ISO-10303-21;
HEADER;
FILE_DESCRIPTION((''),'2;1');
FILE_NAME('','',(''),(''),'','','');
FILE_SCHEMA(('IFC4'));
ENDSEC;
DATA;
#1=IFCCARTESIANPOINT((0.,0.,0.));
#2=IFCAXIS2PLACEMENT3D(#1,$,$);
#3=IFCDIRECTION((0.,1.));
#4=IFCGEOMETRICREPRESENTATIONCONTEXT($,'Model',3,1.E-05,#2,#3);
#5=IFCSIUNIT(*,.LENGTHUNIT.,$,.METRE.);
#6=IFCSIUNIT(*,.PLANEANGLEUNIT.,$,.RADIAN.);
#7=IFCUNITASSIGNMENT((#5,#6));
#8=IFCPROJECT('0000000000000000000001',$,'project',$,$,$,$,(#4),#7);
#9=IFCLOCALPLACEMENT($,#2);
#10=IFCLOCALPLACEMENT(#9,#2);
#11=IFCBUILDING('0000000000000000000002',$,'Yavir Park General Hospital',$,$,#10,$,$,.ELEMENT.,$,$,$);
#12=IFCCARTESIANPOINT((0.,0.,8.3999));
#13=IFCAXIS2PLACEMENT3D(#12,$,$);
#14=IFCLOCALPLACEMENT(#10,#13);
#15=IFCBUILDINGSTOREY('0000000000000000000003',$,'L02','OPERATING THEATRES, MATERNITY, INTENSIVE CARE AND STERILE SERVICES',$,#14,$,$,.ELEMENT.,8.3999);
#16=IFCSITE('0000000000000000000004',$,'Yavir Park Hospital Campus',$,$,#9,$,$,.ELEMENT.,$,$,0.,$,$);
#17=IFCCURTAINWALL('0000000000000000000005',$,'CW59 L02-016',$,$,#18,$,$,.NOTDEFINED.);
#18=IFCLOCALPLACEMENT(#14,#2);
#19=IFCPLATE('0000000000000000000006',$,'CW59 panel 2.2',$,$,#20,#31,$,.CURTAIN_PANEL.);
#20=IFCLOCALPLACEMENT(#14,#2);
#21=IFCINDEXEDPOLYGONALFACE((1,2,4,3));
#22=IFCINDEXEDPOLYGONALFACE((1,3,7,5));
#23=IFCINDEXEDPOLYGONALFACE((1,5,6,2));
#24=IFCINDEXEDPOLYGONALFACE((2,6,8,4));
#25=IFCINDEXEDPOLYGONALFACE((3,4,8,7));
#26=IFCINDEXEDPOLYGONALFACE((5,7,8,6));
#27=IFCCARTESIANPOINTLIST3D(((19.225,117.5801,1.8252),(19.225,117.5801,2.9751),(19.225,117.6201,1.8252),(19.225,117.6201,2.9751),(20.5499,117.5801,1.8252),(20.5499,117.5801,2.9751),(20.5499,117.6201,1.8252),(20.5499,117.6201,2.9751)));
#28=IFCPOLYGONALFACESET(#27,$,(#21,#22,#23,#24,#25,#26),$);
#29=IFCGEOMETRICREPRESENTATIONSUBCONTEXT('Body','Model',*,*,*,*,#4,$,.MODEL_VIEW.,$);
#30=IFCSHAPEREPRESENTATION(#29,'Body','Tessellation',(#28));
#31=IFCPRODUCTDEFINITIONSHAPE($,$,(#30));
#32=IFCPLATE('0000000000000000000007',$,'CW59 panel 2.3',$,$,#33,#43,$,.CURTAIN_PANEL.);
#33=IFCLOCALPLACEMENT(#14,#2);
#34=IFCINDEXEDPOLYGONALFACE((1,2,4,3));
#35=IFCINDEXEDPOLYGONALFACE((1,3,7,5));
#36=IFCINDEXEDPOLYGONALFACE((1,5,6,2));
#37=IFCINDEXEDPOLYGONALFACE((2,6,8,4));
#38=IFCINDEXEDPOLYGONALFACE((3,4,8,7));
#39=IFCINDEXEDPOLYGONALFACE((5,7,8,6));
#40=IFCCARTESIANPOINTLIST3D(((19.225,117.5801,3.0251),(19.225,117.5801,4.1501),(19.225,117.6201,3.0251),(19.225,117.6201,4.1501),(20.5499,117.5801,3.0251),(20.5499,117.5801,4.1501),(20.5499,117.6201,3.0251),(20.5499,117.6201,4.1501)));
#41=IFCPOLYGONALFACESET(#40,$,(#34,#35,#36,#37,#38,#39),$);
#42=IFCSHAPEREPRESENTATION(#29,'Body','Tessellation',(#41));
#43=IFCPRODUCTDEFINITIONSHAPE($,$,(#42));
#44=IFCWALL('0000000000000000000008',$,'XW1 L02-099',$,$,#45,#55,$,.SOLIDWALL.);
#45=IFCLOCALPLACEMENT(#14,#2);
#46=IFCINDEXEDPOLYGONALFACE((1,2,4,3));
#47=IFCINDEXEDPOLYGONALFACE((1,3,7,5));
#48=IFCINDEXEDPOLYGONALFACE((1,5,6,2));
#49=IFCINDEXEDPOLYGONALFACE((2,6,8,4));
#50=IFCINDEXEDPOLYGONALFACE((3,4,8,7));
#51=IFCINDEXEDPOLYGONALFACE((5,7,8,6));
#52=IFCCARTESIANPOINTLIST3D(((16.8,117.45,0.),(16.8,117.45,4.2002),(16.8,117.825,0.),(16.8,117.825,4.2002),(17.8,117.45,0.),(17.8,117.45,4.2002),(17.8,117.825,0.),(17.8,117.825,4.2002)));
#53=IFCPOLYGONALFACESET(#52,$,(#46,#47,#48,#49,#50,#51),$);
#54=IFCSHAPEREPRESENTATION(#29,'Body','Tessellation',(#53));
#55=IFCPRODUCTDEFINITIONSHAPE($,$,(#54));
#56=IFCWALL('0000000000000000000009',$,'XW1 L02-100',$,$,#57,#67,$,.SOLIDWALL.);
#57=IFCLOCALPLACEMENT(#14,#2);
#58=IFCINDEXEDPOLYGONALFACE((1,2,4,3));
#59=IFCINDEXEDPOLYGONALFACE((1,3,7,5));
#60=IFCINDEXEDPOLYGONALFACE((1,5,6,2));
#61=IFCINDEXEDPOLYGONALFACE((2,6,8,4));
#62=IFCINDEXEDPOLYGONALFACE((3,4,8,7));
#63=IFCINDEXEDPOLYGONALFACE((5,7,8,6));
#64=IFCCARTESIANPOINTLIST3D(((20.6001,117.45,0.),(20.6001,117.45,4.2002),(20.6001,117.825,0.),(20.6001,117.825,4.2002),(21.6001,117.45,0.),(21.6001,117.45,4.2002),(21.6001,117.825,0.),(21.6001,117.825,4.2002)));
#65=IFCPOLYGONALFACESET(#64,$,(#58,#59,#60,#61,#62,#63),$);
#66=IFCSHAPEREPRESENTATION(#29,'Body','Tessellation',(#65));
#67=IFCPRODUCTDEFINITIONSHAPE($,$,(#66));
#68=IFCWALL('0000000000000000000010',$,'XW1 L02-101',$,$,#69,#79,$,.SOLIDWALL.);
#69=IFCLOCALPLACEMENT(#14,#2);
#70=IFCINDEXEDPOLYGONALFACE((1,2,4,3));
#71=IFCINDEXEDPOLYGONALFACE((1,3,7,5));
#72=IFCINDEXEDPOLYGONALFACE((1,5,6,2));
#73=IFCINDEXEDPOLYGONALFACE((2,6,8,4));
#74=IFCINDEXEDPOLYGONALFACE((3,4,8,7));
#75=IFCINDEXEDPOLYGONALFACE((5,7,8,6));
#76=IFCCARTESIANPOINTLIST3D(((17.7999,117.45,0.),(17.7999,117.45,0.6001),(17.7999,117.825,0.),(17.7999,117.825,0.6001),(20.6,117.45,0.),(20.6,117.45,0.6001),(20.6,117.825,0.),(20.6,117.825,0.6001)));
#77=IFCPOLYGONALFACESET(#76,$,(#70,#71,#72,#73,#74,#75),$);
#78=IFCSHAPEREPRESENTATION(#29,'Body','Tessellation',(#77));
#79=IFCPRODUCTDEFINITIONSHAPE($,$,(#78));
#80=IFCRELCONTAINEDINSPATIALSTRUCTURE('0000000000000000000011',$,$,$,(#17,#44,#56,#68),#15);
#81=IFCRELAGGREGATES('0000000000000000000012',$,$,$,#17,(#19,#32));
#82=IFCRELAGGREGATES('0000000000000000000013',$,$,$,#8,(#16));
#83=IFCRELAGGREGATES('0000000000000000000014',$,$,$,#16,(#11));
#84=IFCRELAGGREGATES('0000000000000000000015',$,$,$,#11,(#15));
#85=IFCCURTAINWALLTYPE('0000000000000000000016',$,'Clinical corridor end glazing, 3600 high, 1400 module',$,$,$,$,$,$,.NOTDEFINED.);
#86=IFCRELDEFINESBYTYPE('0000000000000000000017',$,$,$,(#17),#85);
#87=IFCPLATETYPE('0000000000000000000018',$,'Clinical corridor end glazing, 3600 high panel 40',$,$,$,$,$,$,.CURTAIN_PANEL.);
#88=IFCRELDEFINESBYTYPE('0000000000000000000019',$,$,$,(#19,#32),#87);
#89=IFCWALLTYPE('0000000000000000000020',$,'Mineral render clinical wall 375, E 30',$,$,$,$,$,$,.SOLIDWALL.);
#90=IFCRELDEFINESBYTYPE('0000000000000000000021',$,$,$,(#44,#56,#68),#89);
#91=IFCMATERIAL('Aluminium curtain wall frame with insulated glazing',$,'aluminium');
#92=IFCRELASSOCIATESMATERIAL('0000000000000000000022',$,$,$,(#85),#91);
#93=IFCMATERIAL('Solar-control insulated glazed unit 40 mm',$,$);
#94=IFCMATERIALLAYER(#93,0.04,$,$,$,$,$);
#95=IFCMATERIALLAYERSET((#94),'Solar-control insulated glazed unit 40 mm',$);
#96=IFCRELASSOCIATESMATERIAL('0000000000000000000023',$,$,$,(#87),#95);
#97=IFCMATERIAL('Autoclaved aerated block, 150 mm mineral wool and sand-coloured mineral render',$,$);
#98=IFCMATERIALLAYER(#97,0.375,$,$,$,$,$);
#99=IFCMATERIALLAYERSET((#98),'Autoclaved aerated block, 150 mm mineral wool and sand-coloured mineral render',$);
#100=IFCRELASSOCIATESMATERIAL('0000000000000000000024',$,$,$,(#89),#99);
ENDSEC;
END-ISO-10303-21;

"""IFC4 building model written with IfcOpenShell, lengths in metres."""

from ifc_helpers import new_model, si_unit, direction, frame, frame_2d, origin, origin_2d, place, context, subcontext, project, spatial, rectangle, extrude, material, layer, layer_set, type_object, element, aggregate, save


model = new_model("IFC4")

# Units and contexts
model_context = context("Model", 3, precision=1e-05, world=origin(), true_north=direction((0.0, 1.0)))
body_context = subcontext(model_context, "Body", "Model", "MODEL_VIEW")
ifc_project = project(units=[si_unit("LENGTHUNIT", "METRE"), si_unit("PLANEANGLEUNIT", "RADIAN")], contexts=[model_context])

# Site, building, storey
site_placement = place(None, origin())
site = spatial("IfcSite", under=ifc_project, at=site_placement, Name="Yavir Park Hospital Campus", CompositionType="ELEMENT", RefElevation=0.0)
building_placement = place(site_placement, origin())
building = spatial("IfcBuilding", under=site, at=building_placement, Name="Yavir Park General Hospital", CompositionType="ELEMENT")
storey_placement = place(building_placement, frame((0.0, 0.0, 8.3999)))
storey = spatial("IfcBuildingStorey", under=building, at=storey_placement, Name="L02", Description="OPERATING THEATRES, MATERNITY, INTENSIVE CARE AND STERILE SERVICES", CompositionType="ELEMENT", Elevation=8.3999)

# Curtain wall, plates
ifc_material_1 = material(Name="Aluminium curtain wall frame with insulated glazing", Category="aluminium")
curtain_wall_type = type_object("IfcCurtainWallType", Name="Clinical corridor end glazing, 3600 high, 1400 module", PredefinedType="NOTDEFINED", material=ifc_material_1)
curtain_wall_placement = place(storey_placement, origin())
curtain_wall = element("IfcCurtainWall", 1, at=curtain_wall_placement, inside=storey, type_object=curtain_wall_type, Name="CW59 L02-016", PredefinedType="NOTDEFINED")
ifc_material_2 = material(Name="Solar-control insulated glazed unit 40 mm")
ifc_layer_1 = layer(ifc_material_2, 0.04)
ifc_layer_set_1 = layer_set([ifc_layer_1], Name="Solar-control insulated glazed unit 40 mm")
plate_type = type_object("IfcPlateType", Name="Clinical corridor end glazing, 3600 high panel 40", PredefinedType="CURTAIN_PANEL", material=ifc_layer_set_1)
plate_1_placement = place(storey_placement, frame((19.8875, 117.6001, 1.8252), z_axis=(0.0, 0.0, 1.0), x_axis=(1.0, 0.0, 0.0)))
plate_1 = element("IfcPlate", 2, at=plate_1_placement, type_object=plate_type, Name="CW59 panel 2.2", PredefinedType="CURTAIN_PANEL", context=body_context, shape_type="SweptSolid", body=[
    extrude(rectangle(XDim=1.325, YDim=0.04, at=origin_2d()), origin(), (0.0, 0.0, 1.0), 1.1499),
])
plate_2_placement = place(storey_placement, frame((19.8875, 117.6001, 3.0251), z_axis=(0.0, 0.0, 1.0), x_axis=(1.0, 0.0, 0.0)))
plate_2 = element("IfcPlate", 3, at=plate_2_placement, type_object=plate_type, Name="CW59 panel 2.3", PredefinedType="CURTAIN_PANEL", context=body_context, shape_type="SweptSolid", body=[
    extrude(rectangle(XDim=1.325, YDim=0.04, at=origin_2d()), origin(), (0.0, 0.0, 1.0), 1.125),
])
aggregate(curtain_wall, [plate_1, plate_2])

# Walls
ifc_material_3 = material(Name="Autoclaved aerated block, 150 mm mineral wool and sand-coloured mineral render")
ifc_layer_2 = layer(ifc_material_3, 0.375)
ifc_layer_set_2 = layer_set([ifc_layer_2], Name="Autoclaved aerated block, 150 mm mineral wool and sand-coloured mineral render")
wall_type = type_object("IfcWallType", Name="Mineral render clinical wall 375, E 30", PredefinedType="SOLIDWALL", material=ifc_layer_set_2)
for number, where, z_axis, x_axis, name in (
    (4, (16.8, 117.6375, 0.0), (0.0, 0.0, 1.0), (1.0, 0.0, 0.0), "XW1 L02-099"),
    (5, (20.6001, 117.6375, 0.0), (0.0, 0.0, 1.0), (1.0, 0.0, 0.0), "XW1 L02-100"),
):
    element("IfcWall", number, at=place(storey_placement, frame(where, z_axis=z_axis, x_axis=x_axis)), inside=storey, type_object=wall_type, Name=name, PredefinedType="SOLIDWALL", context=body_context, shape_type="SweptSolid", body=[
        extrude(rectangle(XDim=1.0, YDim=0.375, at=frame_2d((0.5, 0.0))), origin(), (0.0, 0.0, 1.0), 4.2002),
    ])
wall_placement = place(storey_placement, frame((17.8, 117.6375, 0.0), z_axis=(0.0, 0.0, 1.0), x_axis=(1.0, 0.0, 0.0)))
element("IfcWall", 6, at=wall_placement, inside=storey, type_object=wall_type, Name="XW1 L02-101", PredefinedType="SOLIDWALL", context=body_context, shape_type="SweptSolid", body=[
    extrude(rectangle(XDim=2.8, YDim=0.375, at=frame_2d((1.3999, 0.0))), origin(), (0.0, 0.0, 1.0), 0.6001),
])

save(model, "model.ifc")
